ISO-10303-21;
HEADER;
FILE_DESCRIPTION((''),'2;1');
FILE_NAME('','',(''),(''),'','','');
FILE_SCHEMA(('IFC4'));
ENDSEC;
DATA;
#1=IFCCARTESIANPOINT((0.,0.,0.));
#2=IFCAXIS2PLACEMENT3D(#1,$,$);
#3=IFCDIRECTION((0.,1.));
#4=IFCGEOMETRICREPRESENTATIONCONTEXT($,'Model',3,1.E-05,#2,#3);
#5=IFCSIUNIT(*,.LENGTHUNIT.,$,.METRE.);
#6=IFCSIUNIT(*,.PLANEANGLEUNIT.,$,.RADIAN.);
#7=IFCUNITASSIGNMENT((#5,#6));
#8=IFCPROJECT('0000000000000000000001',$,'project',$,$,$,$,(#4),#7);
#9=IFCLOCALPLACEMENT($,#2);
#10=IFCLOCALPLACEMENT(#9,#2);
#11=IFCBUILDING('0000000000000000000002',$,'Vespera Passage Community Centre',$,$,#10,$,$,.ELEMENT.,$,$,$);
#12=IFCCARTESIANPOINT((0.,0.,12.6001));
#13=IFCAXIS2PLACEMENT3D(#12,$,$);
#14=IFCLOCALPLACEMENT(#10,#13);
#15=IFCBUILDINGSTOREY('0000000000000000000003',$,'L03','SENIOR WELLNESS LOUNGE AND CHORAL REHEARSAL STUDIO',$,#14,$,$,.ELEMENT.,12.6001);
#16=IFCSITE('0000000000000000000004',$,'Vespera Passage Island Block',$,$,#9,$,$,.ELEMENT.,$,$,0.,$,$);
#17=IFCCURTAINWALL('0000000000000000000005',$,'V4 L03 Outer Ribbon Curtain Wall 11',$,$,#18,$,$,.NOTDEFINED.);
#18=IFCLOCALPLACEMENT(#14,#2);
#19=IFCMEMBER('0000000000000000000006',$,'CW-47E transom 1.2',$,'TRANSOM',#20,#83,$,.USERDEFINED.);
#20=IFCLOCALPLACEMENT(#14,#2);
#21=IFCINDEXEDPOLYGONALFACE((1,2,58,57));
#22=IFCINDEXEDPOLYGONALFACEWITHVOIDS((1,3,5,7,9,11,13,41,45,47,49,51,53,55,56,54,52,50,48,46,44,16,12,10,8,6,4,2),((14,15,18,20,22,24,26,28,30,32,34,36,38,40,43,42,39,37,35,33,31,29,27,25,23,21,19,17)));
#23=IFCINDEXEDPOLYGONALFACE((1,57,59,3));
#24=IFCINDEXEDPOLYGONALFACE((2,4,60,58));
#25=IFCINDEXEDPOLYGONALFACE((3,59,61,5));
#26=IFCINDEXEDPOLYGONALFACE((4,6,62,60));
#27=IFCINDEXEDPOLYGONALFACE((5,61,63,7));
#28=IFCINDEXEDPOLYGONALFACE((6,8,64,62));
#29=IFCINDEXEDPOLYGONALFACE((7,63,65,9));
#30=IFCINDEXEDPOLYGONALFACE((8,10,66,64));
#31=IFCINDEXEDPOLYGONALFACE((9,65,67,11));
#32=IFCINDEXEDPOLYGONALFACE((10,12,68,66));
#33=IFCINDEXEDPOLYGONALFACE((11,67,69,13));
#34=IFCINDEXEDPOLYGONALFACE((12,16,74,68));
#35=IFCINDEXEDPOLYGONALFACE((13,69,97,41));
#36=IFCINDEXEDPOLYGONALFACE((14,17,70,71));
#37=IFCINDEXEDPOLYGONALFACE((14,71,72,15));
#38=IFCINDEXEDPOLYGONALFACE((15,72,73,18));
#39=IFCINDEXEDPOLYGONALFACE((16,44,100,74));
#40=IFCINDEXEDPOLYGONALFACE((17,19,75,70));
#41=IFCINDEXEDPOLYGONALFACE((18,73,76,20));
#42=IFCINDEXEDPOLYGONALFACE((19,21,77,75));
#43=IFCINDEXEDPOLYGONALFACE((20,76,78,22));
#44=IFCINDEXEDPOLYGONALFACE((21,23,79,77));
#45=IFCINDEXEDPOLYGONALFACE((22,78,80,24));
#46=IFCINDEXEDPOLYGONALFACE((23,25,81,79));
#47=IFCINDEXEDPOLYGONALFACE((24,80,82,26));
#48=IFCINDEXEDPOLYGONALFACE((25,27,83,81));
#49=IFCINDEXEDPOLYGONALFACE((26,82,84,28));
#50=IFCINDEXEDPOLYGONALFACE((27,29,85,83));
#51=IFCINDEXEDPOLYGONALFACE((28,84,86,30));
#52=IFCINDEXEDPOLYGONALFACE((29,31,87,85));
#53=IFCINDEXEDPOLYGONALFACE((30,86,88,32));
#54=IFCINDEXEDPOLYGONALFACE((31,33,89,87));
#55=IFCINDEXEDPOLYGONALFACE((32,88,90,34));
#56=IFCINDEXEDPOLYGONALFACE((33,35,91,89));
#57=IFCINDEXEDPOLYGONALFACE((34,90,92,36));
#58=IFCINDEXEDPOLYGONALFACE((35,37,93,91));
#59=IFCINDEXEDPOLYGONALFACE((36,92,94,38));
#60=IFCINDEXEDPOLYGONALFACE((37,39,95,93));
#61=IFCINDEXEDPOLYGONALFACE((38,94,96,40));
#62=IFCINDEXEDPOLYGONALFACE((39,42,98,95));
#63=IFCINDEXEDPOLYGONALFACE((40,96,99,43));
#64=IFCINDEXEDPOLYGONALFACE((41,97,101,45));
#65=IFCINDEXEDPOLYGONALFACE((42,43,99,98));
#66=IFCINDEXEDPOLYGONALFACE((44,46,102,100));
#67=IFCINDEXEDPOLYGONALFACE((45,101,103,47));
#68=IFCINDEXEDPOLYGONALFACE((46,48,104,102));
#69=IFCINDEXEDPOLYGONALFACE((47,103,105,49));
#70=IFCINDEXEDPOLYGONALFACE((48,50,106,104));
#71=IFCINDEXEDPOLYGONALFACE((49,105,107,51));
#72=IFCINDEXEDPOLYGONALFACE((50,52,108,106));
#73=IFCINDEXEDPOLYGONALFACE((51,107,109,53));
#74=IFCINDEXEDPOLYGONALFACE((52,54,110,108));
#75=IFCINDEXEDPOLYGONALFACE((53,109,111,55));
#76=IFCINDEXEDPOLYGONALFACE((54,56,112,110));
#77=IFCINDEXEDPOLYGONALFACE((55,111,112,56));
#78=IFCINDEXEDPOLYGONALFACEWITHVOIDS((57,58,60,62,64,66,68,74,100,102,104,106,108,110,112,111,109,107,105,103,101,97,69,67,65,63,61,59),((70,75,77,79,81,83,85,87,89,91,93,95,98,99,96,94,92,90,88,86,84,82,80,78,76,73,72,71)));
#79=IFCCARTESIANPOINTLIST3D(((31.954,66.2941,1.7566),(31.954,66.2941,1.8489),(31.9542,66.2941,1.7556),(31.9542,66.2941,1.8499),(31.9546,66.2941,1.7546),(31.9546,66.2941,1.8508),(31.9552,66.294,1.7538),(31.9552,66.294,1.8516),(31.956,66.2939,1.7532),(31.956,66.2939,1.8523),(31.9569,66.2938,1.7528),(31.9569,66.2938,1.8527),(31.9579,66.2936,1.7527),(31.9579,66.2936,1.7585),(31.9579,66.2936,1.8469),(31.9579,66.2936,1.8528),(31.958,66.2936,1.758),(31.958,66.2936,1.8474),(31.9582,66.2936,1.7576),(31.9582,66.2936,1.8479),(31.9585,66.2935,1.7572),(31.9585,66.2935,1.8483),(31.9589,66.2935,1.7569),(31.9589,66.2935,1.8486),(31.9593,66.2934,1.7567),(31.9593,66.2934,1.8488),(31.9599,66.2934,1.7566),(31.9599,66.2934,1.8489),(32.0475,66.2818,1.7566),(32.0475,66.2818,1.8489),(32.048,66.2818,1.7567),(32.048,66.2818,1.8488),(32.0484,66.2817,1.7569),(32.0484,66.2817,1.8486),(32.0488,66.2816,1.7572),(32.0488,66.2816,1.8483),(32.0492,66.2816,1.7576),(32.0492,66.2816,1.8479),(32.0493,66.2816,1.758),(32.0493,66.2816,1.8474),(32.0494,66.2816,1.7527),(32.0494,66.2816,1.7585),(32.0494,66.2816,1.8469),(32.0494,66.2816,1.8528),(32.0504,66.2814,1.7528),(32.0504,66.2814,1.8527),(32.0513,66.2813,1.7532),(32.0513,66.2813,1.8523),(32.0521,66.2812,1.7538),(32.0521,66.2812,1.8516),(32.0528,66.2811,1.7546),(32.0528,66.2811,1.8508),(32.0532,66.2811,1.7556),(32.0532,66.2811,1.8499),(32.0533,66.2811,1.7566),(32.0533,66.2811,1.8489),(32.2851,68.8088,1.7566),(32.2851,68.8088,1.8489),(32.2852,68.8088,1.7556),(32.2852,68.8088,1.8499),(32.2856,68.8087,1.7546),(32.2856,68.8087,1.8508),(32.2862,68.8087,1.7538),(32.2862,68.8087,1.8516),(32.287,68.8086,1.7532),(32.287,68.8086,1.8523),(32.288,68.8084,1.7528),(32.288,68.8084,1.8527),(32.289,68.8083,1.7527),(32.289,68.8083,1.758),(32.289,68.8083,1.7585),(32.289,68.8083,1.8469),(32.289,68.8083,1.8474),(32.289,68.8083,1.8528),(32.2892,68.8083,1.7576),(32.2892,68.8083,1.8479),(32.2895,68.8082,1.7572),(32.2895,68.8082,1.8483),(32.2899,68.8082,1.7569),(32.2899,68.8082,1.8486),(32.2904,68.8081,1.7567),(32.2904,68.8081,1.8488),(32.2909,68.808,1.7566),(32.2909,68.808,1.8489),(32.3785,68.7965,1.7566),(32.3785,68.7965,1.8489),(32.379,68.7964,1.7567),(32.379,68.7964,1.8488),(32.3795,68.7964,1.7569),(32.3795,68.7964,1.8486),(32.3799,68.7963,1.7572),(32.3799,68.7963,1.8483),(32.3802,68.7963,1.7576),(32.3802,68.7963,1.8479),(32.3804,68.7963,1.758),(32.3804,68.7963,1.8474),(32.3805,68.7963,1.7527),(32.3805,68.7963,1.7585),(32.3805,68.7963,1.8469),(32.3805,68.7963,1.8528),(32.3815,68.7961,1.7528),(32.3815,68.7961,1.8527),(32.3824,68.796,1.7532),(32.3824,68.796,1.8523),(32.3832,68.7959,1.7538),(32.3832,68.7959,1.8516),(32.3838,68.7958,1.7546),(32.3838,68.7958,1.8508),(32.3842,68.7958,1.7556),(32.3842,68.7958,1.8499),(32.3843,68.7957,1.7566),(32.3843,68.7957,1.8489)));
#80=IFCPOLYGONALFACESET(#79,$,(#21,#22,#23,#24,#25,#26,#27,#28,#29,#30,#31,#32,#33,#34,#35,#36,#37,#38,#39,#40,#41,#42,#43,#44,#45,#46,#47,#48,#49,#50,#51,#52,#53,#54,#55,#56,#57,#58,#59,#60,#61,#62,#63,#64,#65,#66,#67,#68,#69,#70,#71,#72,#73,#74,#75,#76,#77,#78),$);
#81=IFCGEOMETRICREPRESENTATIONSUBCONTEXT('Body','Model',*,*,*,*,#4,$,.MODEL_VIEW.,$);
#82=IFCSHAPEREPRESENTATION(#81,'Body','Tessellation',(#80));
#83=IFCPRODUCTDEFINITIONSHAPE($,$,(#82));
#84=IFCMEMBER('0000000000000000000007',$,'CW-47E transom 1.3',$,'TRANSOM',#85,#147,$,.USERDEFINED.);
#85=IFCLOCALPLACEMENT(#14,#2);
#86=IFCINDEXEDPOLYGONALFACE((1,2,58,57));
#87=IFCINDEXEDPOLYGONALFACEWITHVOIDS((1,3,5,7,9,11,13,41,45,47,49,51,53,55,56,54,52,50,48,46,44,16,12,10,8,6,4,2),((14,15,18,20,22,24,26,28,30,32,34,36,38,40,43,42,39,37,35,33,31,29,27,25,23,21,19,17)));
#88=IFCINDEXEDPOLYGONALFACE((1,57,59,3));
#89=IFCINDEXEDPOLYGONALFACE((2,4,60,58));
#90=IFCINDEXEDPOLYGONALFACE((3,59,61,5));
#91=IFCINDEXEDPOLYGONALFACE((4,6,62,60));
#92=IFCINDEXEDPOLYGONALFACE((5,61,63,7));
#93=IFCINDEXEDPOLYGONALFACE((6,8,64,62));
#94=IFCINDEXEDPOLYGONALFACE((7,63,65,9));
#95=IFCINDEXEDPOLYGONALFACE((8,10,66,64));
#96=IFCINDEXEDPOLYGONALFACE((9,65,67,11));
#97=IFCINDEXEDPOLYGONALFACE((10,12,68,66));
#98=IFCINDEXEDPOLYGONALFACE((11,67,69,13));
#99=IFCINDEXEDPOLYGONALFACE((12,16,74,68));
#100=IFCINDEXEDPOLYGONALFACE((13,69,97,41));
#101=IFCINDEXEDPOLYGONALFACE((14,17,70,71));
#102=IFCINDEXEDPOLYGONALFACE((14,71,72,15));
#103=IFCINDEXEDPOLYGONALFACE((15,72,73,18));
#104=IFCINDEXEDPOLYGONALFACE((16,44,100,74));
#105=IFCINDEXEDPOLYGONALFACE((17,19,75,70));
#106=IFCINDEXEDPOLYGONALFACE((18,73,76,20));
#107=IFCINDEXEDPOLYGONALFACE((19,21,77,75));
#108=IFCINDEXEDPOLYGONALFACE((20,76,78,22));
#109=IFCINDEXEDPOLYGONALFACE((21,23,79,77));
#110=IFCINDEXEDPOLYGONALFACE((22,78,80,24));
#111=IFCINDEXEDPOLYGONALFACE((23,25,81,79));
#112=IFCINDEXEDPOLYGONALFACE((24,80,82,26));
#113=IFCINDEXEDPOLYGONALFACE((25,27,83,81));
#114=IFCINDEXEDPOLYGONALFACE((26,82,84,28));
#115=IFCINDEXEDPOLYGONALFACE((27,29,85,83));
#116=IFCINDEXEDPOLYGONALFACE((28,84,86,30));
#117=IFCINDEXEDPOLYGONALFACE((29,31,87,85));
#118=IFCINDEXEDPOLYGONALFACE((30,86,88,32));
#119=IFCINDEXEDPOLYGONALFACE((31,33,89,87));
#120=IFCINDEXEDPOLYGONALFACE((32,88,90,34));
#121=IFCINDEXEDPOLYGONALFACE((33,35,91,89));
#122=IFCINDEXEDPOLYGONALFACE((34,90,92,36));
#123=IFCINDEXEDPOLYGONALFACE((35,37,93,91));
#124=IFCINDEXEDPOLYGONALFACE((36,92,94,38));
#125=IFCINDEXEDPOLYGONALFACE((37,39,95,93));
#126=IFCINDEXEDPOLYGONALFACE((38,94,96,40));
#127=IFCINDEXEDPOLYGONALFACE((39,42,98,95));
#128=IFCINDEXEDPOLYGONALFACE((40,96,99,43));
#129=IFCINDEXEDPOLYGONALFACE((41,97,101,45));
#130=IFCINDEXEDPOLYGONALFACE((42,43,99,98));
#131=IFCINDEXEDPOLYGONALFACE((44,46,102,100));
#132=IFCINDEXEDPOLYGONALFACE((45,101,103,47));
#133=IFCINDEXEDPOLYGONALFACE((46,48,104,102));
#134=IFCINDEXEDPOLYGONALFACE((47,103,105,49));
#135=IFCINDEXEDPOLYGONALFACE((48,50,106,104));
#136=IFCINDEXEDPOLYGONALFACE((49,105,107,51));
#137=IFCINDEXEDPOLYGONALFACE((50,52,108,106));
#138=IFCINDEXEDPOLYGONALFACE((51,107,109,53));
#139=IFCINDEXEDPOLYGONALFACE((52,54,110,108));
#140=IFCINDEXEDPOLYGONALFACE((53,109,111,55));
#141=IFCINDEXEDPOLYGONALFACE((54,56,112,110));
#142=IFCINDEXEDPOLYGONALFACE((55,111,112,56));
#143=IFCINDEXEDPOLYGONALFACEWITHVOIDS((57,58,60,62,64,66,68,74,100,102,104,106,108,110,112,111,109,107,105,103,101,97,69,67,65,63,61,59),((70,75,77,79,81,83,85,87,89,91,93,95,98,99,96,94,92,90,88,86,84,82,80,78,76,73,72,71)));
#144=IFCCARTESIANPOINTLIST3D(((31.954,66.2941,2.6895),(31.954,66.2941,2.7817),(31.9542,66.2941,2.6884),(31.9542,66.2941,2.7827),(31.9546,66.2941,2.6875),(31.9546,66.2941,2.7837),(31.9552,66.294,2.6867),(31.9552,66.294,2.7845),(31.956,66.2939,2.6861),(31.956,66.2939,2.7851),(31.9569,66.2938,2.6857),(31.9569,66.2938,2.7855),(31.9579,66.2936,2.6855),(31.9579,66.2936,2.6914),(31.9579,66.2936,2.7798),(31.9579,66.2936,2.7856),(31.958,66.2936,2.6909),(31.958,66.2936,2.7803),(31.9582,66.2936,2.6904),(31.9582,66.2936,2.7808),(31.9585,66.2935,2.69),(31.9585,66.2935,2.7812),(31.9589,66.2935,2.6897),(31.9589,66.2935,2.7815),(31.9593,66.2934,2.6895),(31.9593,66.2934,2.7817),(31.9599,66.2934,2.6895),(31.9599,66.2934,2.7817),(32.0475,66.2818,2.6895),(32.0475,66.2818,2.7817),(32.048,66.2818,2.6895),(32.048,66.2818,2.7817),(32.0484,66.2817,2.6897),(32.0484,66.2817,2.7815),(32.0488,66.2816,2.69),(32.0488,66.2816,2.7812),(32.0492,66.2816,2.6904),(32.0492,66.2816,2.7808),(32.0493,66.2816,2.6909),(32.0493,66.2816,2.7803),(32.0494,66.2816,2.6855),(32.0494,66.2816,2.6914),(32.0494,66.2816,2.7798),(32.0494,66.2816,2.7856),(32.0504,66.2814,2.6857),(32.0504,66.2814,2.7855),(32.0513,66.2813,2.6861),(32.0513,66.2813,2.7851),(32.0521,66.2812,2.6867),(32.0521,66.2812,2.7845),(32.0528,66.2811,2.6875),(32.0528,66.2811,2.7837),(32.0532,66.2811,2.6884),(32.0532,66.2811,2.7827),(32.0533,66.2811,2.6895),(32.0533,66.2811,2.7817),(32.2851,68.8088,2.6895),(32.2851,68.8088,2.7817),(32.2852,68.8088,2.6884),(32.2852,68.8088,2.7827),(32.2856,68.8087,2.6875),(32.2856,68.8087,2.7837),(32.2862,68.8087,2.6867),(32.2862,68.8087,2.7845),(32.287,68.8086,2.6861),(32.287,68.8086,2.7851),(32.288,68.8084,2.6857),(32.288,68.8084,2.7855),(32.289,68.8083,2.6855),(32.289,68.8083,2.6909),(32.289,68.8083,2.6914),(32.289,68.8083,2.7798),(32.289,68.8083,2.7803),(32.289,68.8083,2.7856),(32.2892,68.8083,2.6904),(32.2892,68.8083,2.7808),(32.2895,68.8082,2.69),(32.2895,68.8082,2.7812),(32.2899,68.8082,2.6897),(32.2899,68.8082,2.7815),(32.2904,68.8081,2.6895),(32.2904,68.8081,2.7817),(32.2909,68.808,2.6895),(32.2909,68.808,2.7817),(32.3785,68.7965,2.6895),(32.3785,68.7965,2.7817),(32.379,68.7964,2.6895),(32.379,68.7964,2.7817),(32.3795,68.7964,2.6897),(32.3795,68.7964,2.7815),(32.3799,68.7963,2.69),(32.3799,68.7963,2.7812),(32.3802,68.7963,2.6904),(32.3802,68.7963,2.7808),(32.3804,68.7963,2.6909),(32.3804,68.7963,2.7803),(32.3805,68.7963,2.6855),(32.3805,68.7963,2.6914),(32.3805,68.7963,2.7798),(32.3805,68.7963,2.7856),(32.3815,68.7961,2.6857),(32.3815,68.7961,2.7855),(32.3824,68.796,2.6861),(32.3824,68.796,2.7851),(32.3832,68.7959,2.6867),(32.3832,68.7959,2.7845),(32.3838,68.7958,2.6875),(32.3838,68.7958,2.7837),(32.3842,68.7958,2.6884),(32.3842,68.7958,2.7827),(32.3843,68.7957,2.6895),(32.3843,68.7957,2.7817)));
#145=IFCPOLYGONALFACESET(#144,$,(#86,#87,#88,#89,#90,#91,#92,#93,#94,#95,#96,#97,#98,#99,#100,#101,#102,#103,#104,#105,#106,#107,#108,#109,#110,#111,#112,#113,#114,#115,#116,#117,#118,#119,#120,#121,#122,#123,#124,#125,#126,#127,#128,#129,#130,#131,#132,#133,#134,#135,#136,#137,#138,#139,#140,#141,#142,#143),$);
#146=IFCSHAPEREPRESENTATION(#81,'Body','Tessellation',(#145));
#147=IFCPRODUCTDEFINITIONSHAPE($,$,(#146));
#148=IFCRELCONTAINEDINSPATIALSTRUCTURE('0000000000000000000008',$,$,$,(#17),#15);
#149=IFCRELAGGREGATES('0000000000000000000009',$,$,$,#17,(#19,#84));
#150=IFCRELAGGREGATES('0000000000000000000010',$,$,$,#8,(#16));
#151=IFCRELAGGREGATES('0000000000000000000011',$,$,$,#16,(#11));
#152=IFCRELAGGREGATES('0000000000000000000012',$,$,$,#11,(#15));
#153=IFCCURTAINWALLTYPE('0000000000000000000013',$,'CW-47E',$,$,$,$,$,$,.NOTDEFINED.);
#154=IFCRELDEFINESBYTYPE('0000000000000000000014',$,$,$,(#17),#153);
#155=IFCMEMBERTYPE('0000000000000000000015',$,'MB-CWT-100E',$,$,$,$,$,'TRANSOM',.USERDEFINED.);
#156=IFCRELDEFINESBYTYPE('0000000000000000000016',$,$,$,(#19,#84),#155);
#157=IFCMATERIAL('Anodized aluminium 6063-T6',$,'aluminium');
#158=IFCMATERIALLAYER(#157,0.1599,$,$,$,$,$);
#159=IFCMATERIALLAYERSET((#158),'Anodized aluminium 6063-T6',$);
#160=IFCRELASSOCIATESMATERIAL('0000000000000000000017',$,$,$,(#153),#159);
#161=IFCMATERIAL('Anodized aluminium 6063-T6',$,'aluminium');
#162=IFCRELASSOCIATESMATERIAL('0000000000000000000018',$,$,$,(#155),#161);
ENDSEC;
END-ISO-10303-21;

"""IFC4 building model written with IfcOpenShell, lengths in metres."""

from ifc_helpers import new_model, si_unit, direction, frame, origin, origin_2d, place, context, subcontext, project, spatial, hollow_rectangle, extrude, material, layer, layer_set, material_profile, profile_set, type_object, element, aggregate, save


model = new_model("IFC4")

# Units and contexts
model_context = context("Model", 3, precision=1e-05, world=origin(), true_north=direction((0.0, 1.0)))
body_context = subcontext(model_context, "Body", "Model", "MODEL_VIEW")
ifc_project = project(units=[si_unit("LENGTHUNIT", "METRE"), si_unit("PLANEANGLEUNIT", "RADIAN")], contexts=[model_context])

# Site, building, storey
site_placement = place(None, origin())
site = spatial("IfcSite", under=ifc_project, at=site_placement, Name="Vespera Passage Island Block", CompositionType="ELEMENT", RefElevation=0.0)
building_placement = place(site_placement, origin())
building = spatial("IfcBuilding", under=site, at=building_placement, Name="Vespera Passage Community Centre", CompositionType="ELEMENT")
storey_placement = place(building_placement, frame((0.0, 0.0, 12.6001)))
storey = spatial("IfcBuildingStorey", under=building, at=storey_placement, Name="L03", Description="SENIOR WELLNESS LOUNGE AND CHORAL REHEARSAL STUDIO", CompositionType="ELEMENT", Elevation=12.6001)

# Curtain wall, members
ifc_material_1 = material(Name="Anodized aluminium 6063-T6", Category="aluminium")
ifc_layer_1 = layer(ifc_material_1, 0.1599)
ifc_layer_set_1 = layer_set([ifc_layer_1], Name="Anodized aluminium 6063-T6")
curtain_wall_type = type_object("IfcCurtainWallType", Name="CW-47E", PredefinedType="NOTDEFINED", material=ifc_layer_set_1)
curtain_wall_placement = place(storey_placement, origin())
curtain_wall = element("IfcCurtainWall", 1, at=curtain_wall_placement, inside=storey, type_object=curtain_wall_type, Name="V4 L03 Outer Ribbon Curtain Wall 11", PredefinedType="NOTDEFINED")
ifc_material_2 = material(Name="Anodized aluminium 6063-T6", Category="aluminium")
ifc_material_profile_1 = material_profile(ifc_material_2, hollow_rectangle(XDim=0.1001, YDim=0.1001, WallThickness=0.0039, InnerFilletRadius=0.002, OuterFilletRadius=0.0039, at=origin_2d()), Name="ALU100X100X4")
ifc_profile_set_1 = profile_set([ifc_material_profile_1], Name="Anodized aluminium 6063-T6")
member_type_1 = type_object("IfcMemberType", Name="MB-CWT-100E", ElementType="TRANSOM", PredefinedType="USERDEFINED", material=ifc_profile_set_1)
member_1_placement = place(storey_placement, frame((32.0037, 66.2876, 1.8027), z_axis=(0.130524, 0.991445, 0.0), x_axis=(-0.991445, 0.130524, 0.0)))
member_1 = element("IfcMember", 2, at=member_1_placement, type_object=member_type_1, Name="CW-47E transom 1.2", ObjectType="TRANSOM", PredefinedType="USERDEFINED", context=body_context, shape_type="SweptSolid", body=[
    extrude(hollow_rectangle(XDim=0.1001, YDim=0.1001, WallThickness=0.0039, InnerFilletRadius=0.002, OuterFilletRadius=0.0039, at=origin_2d()), origin(), (0.0, 0.0, 1.0), 2.5364),
])
member_2_placement = place(storey_placement, frame((32.0037, 66.2876, 2.7356), z_axis=(0.130524, 0.991445, 0.0), x_axis=(-0.991445, 0.130524, 0.0)))
member_2 = element("IfcMember", 3, at=member_2_placement, type_object=member_type_1, Name="CW-47E transom 1.3", ObjectType="TRANSOM", PredefinedType="USERDEFINED", context=body_context, shape_type="SweptSolid", body=[
    extrude(hollow_rectangle(XDim=0.1001, YDim=0.1001, WallThickness=0.0039, InnerFilletRadius=0.002, OuterFilletRadius=0.0039, at=origin_2d()), origin(), (0.0, 0.0, 1.0), 2.5364),
])
aggregate(curtain_wall, [member_1, member_2])

save(model, "model.ifc")
